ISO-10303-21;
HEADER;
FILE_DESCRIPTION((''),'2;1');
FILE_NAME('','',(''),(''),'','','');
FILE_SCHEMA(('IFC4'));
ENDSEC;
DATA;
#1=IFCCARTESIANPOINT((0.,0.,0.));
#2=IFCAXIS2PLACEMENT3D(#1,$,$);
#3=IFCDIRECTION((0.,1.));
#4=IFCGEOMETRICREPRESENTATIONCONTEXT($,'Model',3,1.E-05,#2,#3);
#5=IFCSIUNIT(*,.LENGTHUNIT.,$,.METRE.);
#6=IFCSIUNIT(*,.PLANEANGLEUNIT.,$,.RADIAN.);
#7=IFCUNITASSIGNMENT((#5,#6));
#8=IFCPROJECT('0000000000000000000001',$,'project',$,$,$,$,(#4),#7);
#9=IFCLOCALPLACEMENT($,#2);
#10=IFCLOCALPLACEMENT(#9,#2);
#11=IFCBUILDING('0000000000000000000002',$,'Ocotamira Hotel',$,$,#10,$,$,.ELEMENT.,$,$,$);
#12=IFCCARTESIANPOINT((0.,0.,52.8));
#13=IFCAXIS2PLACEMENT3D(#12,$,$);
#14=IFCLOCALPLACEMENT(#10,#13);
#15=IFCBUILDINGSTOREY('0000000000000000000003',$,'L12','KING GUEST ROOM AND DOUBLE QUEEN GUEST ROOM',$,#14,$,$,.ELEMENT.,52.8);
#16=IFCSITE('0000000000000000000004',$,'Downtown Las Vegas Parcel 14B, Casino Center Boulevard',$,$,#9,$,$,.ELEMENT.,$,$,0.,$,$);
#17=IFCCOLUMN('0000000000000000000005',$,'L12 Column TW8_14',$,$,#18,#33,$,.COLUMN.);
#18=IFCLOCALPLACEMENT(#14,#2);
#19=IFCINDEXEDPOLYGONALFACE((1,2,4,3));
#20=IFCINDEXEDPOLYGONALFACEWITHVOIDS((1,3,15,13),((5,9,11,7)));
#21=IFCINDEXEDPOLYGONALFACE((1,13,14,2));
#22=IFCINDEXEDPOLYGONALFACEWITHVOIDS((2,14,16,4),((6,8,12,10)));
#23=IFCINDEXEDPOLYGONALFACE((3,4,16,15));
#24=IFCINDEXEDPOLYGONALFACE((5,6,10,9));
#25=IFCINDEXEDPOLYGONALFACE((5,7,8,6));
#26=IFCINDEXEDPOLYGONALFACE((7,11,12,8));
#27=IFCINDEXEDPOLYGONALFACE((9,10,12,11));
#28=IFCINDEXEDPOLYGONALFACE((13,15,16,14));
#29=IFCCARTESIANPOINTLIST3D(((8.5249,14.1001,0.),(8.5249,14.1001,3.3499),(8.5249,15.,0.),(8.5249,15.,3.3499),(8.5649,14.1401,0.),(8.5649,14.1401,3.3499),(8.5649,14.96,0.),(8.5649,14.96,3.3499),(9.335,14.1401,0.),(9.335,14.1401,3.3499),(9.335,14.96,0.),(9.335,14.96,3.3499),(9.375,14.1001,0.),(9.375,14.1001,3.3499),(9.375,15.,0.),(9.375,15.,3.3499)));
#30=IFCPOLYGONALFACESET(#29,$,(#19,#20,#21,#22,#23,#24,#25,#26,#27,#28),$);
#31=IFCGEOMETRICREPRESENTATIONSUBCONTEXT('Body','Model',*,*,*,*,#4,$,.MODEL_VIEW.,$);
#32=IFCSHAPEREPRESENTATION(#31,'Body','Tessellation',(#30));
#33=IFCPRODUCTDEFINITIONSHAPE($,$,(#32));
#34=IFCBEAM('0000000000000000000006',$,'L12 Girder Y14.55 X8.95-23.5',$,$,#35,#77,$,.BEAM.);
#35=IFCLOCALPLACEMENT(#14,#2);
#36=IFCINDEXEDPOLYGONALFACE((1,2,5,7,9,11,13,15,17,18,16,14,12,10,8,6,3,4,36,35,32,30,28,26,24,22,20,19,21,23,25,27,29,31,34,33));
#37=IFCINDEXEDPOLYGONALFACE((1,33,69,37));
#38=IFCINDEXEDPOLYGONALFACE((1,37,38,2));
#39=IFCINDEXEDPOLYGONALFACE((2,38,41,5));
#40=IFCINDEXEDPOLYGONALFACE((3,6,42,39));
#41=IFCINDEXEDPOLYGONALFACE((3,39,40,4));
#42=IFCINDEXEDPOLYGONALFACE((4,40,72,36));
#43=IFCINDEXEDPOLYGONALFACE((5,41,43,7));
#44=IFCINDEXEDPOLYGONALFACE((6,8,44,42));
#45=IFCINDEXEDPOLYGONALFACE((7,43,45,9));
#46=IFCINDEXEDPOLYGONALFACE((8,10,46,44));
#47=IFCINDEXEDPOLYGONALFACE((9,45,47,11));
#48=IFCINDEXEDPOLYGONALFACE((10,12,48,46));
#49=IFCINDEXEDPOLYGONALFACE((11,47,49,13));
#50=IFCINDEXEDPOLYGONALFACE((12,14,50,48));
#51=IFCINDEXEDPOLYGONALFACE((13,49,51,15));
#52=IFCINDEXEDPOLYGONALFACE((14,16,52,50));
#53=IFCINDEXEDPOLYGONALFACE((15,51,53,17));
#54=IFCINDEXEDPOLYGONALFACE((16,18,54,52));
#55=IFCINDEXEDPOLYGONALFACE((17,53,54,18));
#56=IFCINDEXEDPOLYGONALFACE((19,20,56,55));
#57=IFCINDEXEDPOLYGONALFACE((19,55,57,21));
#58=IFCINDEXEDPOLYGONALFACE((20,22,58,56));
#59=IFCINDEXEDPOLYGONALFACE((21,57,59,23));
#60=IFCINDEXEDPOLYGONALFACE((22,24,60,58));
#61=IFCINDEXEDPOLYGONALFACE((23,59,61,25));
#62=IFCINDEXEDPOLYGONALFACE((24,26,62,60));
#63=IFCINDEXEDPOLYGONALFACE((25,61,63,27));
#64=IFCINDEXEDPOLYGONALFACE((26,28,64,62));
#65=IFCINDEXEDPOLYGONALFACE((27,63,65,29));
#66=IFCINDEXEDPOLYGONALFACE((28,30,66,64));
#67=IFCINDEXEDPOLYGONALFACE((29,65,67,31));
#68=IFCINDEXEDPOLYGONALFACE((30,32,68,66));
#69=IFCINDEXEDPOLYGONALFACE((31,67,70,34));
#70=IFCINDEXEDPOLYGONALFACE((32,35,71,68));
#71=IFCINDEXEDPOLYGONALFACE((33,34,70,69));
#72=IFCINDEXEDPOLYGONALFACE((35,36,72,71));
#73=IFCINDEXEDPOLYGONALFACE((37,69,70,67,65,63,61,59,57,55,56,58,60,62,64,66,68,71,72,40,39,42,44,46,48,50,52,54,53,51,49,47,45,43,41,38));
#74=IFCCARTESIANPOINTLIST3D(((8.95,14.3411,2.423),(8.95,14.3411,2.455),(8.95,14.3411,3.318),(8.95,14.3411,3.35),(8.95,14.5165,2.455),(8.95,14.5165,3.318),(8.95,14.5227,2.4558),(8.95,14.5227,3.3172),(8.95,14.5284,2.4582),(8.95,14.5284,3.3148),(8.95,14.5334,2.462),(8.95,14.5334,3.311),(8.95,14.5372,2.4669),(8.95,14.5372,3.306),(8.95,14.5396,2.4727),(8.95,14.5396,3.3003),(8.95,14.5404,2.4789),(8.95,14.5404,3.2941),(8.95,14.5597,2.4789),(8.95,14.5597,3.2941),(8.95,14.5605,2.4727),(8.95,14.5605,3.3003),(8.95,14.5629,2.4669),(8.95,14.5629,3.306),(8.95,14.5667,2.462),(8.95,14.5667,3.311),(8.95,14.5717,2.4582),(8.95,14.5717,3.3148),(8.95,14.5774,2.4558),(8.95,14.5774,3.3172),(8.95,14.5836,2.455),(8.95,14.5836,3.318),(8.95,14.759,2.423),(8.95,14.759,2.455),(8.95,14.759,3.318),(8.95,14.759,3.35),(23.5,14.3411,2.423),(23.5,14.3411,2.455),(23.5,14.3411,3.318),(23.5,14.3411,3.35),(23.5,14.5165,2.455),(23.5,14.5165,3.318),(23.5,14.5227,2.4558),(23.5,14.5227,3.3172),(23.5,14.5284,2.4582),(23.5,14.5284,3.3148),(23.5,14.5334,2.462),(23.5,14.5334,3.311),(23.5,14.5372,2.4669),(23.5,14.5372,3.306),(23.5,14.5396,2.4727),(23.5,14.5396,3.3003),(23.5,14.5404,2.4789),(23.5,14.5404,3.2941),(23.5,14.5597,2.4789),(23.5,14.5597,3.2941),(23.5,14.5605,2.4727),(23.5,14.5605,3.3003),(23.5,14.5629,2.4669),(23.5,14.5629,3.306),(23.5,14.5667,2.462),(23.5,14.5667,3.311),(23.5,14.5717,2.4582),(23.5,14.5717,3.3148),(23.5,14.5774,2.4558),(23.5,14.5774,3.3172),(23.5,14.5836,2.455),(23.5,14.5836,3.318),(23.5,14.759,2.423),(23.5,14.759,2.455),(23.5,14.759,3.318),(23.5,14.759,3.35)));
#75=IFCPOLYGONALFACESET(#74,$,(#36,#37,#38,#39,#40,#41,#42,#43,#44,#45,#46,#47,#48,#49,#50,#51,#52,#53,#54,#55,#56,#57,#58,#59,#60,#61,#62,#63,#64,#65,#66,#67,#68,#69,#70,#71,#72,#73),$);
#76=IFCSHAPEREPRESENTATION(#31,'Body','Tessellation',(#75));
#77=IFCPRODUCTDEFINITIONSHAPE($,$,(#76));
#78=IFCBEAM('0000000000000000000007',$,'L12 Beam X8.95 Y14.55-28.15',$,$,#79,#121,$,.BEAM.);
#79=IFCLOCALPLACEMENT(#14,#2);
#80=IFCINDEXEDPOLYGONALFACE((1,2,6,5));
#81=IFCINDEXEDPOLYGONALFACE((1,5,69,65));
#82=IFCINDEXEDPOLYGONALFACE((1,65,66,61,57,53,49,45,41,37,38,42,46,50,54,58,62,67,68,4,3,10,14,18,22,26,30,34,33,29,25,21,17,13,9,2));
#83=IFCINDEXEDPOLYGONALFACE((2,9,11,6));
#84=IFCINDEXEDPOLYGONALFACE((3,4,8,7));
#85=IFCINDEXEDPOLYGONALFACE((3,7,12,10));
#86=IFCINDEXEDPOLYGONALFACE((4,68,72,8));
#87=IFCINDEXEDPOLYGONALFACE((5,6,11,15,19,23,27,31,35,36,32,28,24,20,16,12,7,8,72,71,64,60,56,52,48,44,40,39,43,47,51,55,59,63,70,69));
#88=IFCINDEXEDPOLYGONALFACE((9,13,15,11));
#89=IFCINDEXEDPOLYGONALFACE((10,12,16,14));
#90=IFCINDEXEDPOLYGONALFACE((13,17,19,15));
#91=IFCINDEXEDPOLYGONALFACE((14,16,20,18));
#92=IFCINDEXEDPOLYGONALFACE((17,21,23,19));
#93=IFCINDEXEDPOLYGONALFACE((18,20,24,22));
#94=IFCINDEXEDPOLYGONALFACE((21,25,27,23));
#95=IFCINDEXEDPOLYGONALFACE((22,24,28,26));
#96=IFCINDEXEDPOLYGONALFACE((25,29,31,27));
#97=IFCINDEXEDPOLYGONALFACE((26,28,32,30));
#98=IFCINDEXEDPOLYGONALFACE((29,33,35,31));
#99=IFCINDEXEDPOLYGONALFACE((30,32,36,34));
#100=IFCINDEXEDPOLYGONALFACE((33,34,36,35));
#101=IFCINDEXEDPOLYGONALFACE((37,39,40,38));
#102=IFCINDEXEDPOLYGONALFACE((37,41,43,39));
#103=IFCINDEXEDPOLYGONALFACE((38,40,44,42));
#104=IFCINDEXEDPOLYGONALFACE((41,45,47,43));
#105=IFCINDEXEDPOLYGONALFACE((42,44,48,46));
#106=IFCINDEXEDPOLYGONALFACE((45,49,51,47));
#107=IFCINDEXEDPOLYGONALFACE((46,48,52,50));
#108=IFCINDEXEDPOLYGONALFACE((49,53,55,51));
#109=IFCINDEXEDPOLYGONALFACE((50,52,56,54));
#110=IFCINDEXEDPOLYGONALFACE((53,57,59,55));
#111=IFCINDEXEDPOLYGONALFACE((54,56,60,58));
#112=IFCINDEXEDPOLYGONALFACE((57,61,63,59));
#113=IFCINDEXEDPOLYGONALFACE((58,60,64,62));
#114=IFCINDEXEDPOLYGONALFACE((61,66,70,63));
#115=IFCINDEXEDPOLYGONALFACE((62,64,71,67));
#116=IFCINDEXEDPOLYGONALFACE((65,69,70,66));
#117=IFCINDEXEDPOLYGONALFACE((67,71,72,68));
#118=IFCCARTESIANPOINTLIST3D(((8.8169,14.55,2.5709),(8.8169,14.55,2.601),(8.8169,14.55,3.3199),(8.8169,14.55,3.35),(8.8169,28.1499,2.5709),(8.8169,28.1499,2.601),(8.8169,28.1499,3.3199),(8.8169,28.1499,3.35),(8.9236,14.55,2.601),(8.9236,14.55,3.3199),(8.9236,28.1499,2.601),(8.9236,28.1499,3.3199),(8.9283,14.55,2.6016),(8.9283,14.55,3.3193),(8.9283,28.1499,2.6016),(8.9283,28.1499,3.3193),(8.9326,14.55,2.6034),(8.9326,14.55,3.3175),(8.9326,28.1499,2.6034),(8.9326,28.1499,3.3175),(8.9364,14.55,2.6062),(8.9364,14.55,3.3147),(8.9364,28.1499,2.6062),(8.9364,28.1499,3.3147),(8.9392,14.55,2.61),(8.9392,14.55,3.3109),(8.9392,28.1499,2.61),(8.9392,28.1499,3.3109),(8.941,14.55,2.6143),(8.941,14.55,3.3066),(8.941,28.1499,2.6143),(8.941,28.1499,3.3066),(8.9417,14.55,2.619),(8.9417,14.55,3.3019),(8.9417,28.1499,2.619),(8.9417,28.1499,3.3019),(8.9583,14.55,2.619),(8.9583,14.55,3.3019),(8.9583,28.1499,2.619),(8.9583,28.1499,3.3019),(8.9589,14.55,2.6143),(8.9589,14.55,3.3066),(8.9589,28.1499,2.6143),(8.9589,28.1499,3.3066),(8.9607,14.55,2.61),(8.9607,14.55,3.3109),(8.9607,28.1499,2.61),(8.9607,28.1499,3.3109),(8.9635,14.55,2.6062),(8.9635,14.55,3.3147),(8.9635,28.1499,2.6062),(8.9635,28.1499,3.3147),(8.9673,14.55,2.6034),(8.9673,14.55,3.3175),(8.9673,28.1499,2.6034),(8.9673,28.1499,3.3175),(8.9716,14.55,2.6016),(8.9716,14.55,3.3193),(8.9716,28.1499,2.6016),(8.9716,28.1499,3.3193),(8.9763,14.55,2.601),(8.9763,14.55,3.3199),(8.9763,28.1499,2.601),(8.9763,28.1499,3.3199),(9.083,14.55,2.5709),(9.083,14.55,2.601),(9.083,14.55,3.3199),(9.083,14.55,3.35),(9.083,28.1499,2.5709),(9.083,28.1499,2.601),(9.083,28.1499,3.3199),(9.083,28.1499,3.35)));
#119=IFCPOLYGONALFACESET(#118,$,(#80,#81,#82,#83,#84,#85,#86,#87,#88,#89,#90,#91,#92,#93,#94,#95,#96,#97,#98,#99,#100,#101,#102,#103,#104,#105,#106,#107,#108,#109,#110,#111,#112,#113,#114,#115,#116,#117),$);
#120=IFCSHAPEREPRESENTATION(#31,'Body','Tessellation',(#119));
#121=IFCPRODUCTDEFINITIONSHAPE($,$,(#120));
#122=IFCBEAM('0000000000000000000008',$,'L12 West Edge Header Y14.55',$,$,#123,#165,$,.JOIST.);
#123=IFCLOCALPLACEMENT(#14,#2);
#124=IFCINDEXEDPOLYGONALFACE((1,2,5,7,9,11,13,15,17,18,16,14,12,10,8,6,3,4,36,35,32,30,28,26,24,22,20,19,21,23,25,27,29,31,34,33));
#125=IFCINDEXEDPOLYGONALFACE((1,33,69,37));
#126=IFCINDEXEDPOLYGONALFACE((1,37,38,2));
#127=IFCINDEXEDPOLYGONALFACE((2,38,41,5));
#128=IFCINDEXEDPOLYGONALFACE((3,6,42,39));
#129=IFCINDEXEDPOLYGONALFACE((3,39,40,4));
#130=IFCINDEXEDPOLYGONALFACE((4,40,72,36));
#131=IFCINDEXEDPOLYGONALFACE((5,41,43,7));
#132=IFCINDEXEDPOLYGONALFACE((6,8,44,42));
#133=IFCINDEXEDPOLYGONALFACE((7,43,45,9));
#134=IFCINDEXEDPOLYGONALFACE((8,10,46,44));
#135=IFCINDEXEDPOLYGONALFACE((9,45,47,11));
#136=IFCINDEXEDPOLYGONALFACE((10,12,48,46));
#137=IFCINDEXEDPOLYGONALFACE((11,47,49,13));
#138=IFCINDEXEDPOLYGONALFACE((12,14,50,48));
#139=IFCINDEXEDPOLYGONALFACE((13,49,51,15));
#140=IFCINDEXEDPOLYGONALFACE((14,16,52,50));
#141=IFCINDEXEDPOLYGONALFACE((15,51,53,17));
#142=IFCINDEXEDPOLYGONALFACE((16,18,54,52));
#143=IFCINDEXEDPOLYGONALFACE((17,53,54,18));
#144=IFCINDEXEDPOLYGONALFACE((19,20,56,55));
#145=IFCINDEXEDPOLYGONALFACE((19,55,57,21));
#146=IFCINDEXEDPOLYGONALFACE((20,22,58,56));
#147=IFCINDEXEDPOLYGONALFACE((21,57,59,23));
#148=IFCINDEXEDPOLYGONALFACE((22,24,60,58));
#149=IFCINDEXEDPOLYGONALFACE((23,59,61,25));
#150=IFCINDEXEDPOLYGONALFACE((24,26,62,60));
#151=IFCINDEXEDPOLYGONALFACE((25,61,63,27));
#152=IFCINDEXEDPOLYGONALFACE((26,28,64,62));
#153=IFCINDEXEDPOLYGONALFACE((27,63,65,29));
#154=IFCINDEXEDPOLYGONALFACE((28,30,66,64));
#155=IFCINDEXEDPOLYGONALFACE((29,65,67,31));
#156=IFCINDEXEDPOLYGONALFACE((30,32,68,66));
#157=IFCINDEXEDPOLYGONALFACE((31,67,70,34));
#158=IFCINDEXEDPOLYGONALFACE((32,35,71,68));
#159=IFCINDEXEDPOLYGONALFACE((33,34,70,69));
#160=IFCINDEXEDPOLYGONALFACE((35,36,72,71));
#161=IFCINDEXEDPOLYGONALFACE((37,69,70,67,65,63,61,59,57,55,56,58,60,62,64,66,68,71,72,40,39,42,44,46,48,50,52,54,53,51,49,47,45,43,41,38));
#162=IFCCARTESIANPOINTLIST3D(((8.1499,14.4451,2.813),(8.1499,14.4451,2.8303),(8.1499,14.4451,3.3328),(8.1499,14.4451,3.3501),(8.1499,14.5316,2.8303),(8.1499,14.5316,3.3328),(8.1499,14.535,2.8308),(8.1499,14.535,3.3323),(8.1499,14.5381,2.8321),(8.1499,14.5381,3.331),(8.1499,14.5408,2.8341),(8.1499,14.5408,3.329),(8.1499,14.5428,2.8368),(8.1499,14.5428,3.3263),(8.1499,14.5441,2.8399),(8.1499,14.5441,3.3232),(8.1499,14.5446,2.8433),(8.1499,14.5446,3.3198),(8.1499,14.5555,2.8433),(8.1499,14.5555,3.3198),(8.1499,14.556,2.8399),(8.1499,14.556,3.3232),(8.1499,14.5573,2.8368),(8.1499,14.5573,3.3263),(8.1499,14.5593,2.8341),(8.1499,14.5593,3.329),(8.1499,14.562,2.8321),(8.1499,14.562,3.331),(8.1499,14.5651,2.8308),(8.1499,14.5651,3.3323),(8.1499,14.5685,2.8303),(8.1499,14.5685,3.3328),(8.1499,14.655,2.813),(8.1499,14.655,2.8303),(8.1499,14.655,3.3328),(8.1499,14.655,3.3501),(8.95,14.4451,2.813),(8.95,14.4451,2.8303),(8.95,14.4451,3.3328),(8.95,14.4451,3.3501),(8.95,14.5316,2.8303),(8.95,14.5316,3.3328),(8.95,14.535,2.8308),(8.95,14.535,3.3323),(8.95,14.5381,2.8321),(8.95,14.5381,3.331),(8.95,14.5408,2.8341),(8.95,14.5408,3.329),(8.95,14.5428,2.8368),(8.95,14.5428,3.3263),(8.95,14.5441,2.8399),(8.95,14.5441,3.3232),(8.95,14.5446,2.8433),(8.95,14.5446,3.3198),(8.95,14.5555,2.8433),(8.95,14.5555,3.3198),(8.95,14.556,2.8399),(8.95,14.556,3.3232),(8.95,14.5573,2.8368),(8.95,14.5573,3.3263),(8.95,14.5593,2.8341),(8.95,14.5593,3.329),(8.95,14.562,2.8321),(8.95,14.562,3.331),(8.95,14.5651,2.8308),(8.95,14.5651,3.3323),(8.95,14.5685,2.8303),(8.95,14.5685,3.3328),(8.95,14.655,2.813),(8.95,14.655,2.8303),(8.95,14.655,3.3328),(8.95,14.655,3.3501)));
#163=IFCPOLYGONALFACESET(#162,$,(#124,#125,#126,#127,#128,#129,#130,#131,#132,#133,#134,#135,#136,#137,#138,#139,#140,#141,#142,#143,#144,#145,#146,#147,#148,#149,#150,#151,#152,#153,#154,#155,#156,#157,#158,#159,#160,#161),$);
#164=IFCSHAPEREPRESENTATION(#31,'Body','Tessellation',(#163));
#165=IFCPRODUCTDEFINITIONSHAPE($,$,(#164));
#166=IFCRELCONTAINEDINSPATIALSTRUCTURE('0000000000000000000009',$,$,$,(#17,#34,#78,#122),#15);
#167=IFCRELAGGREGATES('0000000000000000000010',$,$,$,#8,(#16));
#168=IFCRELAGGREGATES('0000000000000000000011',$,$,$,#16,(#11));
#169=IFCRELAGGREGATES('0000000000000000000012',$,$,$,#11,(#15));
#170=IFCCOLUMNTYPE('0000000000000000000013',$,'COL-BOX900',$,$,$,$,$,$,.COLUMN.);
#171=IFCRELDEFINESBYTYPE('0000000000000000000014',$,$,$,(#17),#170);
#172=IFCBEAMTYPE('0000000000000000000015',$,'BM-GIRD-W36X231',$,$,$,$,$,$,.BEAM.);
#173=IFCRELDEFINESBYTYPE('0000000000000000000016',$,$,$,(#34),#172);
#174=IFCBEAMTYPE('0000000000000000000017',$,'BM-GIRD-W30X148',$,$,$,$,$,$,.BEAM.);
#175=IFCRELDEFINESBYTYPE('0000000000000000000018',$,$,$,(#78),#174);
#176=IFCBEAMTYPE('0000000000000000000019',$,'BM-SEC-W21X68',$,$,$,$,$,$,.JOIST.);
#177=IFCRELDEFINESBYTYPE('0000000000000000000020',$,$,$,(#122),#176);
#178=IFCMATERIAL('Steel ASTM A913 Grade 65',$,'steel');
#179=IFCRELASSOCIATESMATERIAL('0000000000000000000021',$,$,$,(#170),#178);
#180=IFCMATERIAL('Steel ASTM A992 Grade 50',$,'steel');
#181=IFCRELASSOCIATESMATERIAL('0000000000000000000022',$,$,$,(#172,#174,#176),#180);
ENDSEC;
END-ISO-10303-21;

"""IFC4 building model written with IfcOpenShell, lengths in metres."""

from ifc_helpers import new_model, si_unit, direction, frame, origin, origin_2d, place, context, subcontext, project, spatial, hollow_rectangle, i_section, extrude, source, transform, mapped, material, material_profile, profile_set, type_object, element, save


model = new_model("IFC4")

# Units and contexts
model_context = context("Model", 3, precision=1e-05, world=origin(), true_north=direction((0.0, 1.0)))
body_context = subcontext(model_context, "Body", "Model", "MODEL_VIEW")
ifc_project = project(units=[si_unit("LENGTHUNIT", "METRE"), si_unit("PLANEANGLEUNIT", "RADIAN")], contexts=[model_context])

# Site, building, storey
site_placement = place(None, origin())
site = spatial("IfcSite", under=ifc_project, at=site_placement, Name="Downtown Las Vegas Parcel 14B, Casino Center Boulevard", CompositionType="ELEMENT", RefElevation=0.0)
building_placement = place(site_placement, origin())
building = spatial("IfcBuilding", under=site, at=building_placement, Name="Ocotamira Hotel", CompositionType="ELEMENT")
storey_placement = place(building_placement, frame((0.0, 0.0, 52.8)))
storey = spatial("IfcBuildingStorey", under=building, at=storey_placement, Name="L12", Description="KING GUEST ROOM AND DOUBLE QUEEN GUEST ROOM", CompositionType="ELEMENT", Elevation=52.8)

# Column
ifc_material_1 = material(Name="Steel ASTM A913 Grade 65", Category="steel")
ifc_material_profile_1 = material_profile(ifc_material_1, hollow_rectangle(XDim=0.8501, YDim=0.8999, WallThickness=0.04, at=origin_2d()), Name="BOX900X850X40")
ifc_profile_set_1 = profile_set([ifc_material_profile_1], Name="Steel ASTM A913 Grade 65")
column_type = type_object("IfcColumnType", Name="COL-BOX900", PredefinedType="COLUMN", material=ifc_profile_set_1)
shared_shape_1 = source(origin(), body_context, "Body", "SweptSolid", [
    extrude(hollow_rectangle(XDim=0.8501, YDim=0.8999, WallThickness=0.04, at=origin_2d()), origin(), (0.0, 0.0, 1.0), 3.3499),
])
column_placement = place(storey_placement, frame((8.95, 14.55, 0.0), z_axis=(0.0, 0.0, 1.0), x_axis=(1.0, 0.0, 0.0)))
element("IfcColumn", 1, at=column_placement, inside=storey, type_object=column_type, Name="L12 Column TW8_14", PredefinedType="COLUMN", context=body_context, shape_type="MappedRepresentation", body=[
    mapped(shared_shape_1, transform((0.0, 0.0, 0.0), scale=1.0)),
])

# Beams
ifc_material_2 = material(Name="Steel ASTM A992 Grade 50", Category="steel")
ifc_material_profile_2 = material_profile(ifc_material_2, i_section(OverallWidth=0.418, OverallDepth=0.927, WebThickness=0.0193, FlangeThickness=0.032, FilletRadius=0.0239, at=origin_2d()), Name="W36X231")
ifc_profile_set_2 = profile_set([ifc_material_profile_2], Name="Steel ASTM A992 Grade 50")
beam_type_1 = type_object("IfcBeamType", Name="BM-GIRD-W36X231", PredefinedType="BEAM", material=ifc_profile_set_2)
shared_shape_2 = source(origin(), body_context, "Body", "SweptSolid", [
    extrude(i_section(OverallWidth=0.418, OverallDepth=0.927, WebThickness=0.0193, FlangeThickness=0.032, FilletRadius=0.0239, at=origin_2d()), origin(), (0.0, 0.0, 1.0), 14.55),
])
beam_1_placement = place(storey_placement, frame((8.95, 14.55, 2.8865), z_axis=(1.0, 0.0, 0.0), x_axis=(0.0, 1.0, 0.0)))
element("IfcBeam", 2, at=beam_1_placement, inside=storey, type_object=beam_type_1, Name="L12 Girder Y14.55 X8.95-23.5", PredefinedType="BEAM", context=body_context, shape_type="MappedRepresentation", body=[
    mapped(shared_shape_2, transform((0.0, 0.0, 0.0), scale=1.0)),
])
ifc_material_profile_3 = material_profile(ifc_material_2, i_section(OverallWidth=0.2661, OverallDepth=0.7791, WebThickness=0.0166, FlangeThickness=0.03, FilletRadius=0.0181, at=origin_2d()), Name="W30X148")
ifc_profile_set_3 = profile_set([ifc_material_profile_3], Name="Steel ASTM A992 Grade 50")
beam_type_2 = type_object("IfcBeamType", Name="BM-GIRD-W30X148", PredefinedType="BEAM", material=ifc_profile_set_3)
shared_shape_3 = source(origin(), body_context, "Body", "SweptSolid", [
    extrude(i_section(OverallWidth=0.2661, OverallDepth=0.7791, WebThickness=0.0166, FlangeThickness=0.03, FilletRadius=0.0181, at=origin_2d()), origin(), (0.0, 0.0, 1.0), 13.5999),
])
beam_2_placement = place(storey_placement, frame((8.95, 14.55, 2.9604), z_axis=(0.0, 1.0, 0.0), x_axis=(-1.0, 0.0, 0.0)))
element("IfcBeam", 3, at=beam_2_placement, inside=storey, type_object=beam_type_2, Name="L12 Beam X8.95 Y14.55-28.15", PredefinedType="BEAM", context=body_context, shape_type="MappedRepresentation", body=[
    mapped(shared_shape_3, transform((0.0, 0.0, 0.0), scale=1.0)),
])
ifc_material_profile_4 = material_profile(ifc_material_2, i_section(OverallWidth=0.21, OverallDepth=0.5371, WebThickness=0.011, FlangeThickness=0.0173, FilletRadius=0.0129, at=origin_2d()), Name="W21X68")
ifc_profile_set_4 = profile_set([ifc_material_profile_4], Name="Steel ASTM A992 Grade 50")
beam_type_3 = type_object("IfcBeamType", Name="BM-SEC-W21X68", PredefinedType="JOIST", material=ifc_profile_set_4)
shared_shape_4 = source(origin(), body_context, "Body", "SweptSolid", [
    extrude(i_section(OverallWidth=0.21, OverallDepth=0.5371, WebThickness=0.011, FlangeThickness=0.0173, FilletRadius=0.0129, at=origin_2d()), origin(), (0.0, 0.0, 1.0), 0.8),
])
beam_3_placement = place(storey_placement, frame((8.95, 14.55, 3.0815), z_axis=(-1.0, 0.0, 0.0), x_axis=(0.0, -1.0, 0.0)))
element("IfcBeam", 4, at=beam_3_placement, inside=storey, type_object=beam_type_3, Name="L12 West Edge Header Y14.55", PredefinedType="JOIST", context=body_context, shape_type="MappedRepresentation", body=[
    mapped(shared_shape_4, transform((0.0, 0.0, 0.0), scale=1.0)),
])

save(model, "model.ifc")
